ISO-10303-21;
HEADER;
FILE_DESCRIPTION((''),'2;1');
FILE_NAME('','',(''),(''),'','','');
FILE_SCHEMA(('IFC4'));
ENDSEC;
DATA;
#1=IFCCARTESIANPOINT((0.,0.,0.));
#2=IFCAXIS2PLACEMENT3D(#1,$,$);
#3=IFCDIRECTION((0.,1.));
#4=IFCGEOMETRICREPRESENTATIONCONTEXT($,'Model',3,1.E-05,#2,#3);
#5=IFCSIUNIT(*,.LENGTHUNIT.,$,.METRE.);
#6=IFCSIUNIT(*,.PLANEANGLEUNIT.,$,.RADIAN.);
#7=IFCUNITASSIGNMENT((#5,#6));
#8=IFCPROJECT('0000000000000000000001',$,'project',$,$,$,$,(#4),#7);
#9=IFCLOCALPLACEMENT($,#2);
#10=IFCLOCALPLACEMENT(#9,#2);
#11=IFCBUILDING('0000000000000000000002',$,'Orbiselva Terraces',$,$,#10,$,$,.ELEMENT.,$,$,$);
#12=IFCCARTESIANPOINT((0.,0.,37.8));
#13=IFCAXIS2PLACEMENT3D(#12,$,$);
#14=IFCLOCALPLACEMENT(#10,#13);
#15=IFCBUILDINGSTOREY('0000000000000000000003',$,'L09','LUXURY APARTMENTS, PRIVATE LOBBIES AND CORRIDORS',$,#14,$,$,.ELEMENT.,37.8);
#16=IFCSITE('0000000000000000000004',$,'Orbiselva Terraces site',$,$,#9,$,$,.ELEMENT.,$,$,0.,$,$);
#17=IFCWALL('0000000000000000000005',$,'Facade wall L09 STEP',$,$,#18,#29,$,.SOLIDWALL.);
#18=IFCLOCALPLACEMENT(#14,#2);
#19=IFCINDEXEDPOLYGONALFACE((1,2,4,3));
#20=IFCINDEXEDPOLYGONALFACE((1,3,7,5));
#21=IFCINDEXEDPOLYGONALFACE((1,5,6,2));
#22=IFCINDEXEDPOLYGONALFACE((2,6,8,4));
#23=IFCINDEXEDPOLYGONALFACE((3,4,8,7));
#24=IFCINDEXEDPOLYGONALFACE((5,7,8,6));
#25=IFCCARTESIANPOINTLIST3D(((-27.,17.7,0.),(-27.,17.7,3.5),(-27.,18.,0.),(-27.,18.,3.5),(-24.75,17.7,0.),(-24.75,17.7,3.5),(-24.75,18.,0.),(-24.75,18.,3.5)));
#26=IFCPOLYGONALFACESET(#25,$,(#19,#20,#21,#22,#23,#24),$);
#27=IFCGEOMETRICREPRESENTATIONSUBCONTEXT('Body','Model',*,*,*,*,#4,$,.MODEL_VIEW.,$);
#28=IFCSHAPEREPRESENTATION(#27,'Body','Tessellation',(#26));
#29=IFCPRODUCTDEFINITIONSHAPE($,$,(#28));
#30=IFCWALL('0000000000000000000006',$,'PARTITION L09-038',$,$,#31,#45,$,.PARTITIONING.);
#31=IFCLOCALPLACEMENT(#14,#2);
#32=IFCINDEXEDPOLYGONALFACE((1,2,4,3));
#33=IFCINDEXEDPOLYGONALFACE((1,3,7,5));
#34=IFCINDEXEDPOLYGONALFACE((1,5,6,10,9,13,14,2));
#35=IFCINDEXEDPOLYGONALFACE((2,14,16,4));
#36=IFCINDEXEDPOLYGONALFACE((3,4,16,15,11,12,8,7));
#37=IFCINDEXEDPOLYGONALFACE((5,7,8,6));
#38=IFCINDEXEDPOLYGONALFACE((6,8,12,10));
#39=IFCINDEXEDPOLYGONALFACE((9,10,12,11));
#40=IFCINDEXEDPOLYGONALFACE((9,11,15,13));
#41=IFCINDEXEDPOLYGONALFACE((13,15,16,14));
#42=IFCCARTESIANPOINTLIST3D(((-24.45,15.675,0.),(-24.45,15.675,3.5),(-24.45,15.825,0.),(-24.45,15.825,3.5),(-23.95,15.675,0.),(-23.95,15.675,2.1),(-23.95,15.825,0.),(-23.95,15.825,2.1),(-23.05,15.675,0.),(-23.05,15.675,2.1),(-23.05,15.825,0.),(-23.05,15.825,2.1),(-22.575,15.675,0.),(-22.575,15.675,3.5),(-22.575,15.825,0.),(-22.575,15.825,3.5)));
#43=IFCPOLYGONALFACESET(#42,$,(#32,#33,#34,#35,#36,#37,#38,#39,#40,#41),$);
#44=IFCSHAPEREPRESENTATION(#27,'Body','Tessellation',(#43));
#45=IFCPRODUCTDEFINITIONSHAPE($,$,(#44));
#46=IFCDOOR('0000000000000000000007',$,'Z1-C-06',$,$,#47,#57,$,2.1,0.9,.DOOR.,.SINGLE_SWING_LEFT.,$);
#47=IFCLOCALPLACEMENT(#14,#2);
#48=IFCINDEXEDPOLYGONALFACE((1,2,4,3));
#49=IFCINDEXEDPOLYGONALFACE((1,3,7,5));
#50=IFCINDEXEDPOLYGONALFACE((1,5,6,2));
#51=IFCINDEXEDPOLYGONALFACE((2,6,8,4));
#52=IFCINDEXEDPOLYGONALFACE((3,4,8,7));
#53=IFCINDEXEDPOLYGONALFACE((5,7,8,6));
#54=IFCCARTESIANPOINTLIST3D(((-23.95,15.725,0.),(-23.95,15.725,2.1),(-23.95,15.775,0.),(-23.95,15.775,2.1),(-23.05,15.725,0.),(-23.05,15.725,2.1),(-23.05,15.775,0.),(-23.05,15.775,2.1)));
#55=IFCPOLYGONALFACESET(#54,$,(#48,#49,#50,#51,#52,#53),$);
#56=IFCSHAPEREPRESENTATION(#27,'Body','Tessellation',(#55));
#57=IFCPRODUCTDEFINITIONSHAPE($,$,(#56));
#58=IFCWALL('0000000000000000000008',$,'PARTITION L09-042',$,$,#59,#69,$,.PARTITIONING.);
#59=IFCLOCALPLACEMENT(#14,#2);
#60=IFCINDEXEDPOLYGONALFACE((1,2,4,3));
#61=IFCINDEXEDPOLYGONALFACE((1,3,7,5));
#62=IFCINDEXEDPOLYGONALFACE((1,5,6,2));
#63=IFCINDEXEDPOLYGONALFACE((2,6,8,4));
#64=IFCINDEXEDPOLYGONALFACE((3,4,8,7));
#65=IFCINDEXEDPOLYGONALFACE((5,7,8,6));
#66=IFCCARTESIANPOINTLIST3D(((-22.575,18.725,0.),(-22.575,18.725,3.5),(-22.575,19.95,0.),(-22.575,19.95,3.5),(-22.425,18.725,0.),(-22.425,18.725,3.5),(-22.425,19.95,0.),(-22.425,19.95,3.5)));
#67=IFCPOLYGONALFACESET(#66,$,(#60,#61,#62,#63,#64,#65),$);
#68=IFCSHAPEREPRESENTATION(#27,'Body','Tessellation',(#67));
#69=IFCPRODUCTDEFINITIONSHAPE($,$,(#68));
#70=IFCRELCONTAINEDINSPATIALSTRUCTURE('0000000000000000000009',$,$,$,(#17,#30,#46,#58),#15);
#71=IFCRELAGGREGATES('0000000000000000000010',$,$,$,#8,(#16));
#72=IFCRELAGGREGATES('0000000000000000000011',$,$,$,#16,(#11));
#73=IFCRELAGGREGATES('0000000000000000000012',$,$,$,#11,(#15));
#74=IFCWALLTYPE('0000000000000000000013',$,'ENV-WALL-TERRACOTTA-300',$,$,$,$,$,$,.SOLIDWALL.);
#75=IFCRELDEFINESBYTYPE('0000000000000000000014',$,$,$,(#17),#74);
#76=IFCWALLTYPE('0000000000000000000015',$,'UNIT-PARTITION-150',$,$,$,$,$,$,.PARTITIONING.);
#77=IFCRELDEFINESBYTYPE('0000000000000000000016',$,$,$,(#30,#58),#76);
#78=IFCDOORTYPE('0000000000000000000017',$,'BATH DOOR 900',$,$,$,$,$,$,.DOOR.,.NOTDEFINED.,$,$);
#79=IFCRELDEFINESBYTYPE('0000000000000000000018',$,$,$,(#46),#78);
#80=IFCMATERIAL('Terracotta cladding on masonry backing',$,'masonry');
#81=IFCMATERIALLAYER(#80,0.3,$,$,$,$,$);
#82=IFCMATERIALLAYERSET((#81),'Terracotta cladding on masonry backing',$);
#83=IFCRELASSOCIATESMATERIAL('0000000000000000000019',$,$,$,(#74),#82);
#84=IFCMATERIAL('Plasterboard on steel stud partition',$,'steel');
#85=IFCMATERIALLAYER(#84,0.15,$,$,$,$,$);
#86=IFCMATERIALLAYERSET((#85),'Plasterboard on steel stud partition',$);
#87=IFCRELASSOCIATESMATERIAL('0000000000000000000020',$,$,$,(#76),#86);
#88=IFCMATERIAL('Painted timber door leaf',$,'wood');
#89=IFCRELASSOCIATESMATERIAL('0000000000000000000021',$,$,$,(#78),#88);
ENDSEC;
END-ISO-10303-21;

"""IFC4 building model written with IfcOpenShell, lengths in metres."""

from ifc_helpers import new_model, si_unit, direction, frame, frame_2d, origin, place, context, subcontext, project, spatial, rectangle, extrude, material, layer, layer_set, type_object, element, fill, save


model = new_model("IFC4")

# Units and contexts
model_context = context("Model", 3, precision=1e-05, world=origin(), true_north=direction((0.0, 1.0)))
body_context = subcontext(model_context, "Body", "Model", "MODEL_VIEW")
ifc_project = project(units=[si_unit("LENGTHUNIT", "METRE"), si_unit("PLANEANGLEUNIT", "RADIAN")], contexts=[model_context])

# Site, building, storey
site_placement = place(None, origin())
site = spatial("IfcSite", under=ifc_project, at=site_placement, Name="Orbiselva Terraces site", CompositionType="ELEMENT", RefElevation=0.0)
building_placement = place(site_placement, origin())
building = spatial("IfcBuilding", under=site, at=building_placement, Name="Orbiselva Terraces", CompositionType="ELEMENT")
storey_placement = place(building_placement, frame((0.0, 0.0, 37.8)))
storey = spatial("IfcBuildingStorey", under=building, at=storey_placement, Name="L09", Description="LUXURY APARTMENTS, PRIVATE LOBBIES AND CORRIDORS", CompositionType="ELEMENT", Elevation=37.8)

# Shared definitions
ifc_material_1 = material(Name="Terracotta cladding on masonry backing", Category="masonry")
ifc_layer_1 = layer(ifc_material_1, 0.3)
ifc_layer_set_1 = layer_set([ifc_layer_1], Name="Terracotta cladding on masonry backing")
wall_type_1 = type_object("IfcWallType", Name="ENV-WALL-TERRACOTTA-300", PredefinedType="SOLIDWALL", material=ifc_layer_set_1)

# Wall
wall_1_placement = place(storey_placement, frame((-27.0, 17.85, 0.0), z_axis=(0.0, 0.0, 1.0), x_axis=(1.0, 0.0, 0.0)))
element("IfcWall", 1, at=wall_1_placement, inside=storey, type_object=wall_type_1, Name="Facade wall L09 STEP", PredefinedType="SOLIDWALL", context=body_context, shape_type="SweptSolid", body=[
    extrude(rectangle(XDim=2.25, YDim=0.3, at=frame_2d((1.125, 0.0))), origin(), (0.0, 0.0, 1.0), 3.5),
])

# Wall, opening, door
ifc_material_2 = material(Name="Plasterboard on steel stud partition", Category="steel")
ifc_layer_2 = layer(ifc_material_2, 0.15)
ifc_layer_set_2 = layer_set([ifc_layer_2], Name="Plasterboard on steel stud partition")
wall_type_2 = type_object("IfcWallType", Name="UNIT-PARTITION-150", PredefinedType="PARTITIONING", material=ifc_layer_set_2)
wall_2_placement = place(storey_placement, frame((-22.575, 15.75, 0.0), z_axis=(0.0, 0.0, 1.0), x_axis=(-1.0, 0.0, 0.0)))
wall_2 = element("IfcWall", 2, at=wall_2_placement, inside=storey, type_object=wall_type_2, Name="PARTITION L09-038", PredefinedType="PARTITIONING", context=body_context, shape_type="SweptSolid", body=[
    extrude(rectangle(XDim=1.875, YDim=0.15, at=frame_2d((0.9375, 0.0))), origin(), (0.0, 0.0, 1.0), 3.5),
])
opening_1_placement = place(wall_2_placement, frame((0.475, 0.0, 0.0)))
opening_1 = element("IfcOpeningElement", 3, at=opening_1_placement, cuts=wall_2, PredefinedType="OPENING", context=body_context, shape_type="SweptSolid", body=[
    extrude(rectangle(XDim=0.9, YDim=2.1, at=frame_2d((0.45, 1.05))), frame((0.0, 0.085, 0.0), z_axis=(0.0, -1.0, 0.0), x_axis=(1.0, 0.0, 0.0)), (0.0, 0.0, 1.0), 0.17),
])
ifc_material_3 = material(Name="Painted timber door leaf", Category="wood")
door_type_1 = type_object("IfcDoorType", Name="BATH DOOR 900", OperationType="NOTDEFINED", PredefinedType="DOOR", material=ifc_material_3)
door_1_placement = place(opening_1_placement, origin())
door_1 = element("IfcDoor", 4, at=door_1_placement, inside=storey, type_object=door_type_1, Name="Z1-C-06", OperationType="SINGLE_SWING_LEFT", OverallHeight=2.1, OverallWidth=0.9, PredefinedType="DOOR", context=body_context, shape_type="SweptSolid", body=[
    extrude(rectangle(XDim=0.9, YDim=2.1, at=frame_2d((0.45, 1.05))), frame((0.0, 0.025, 0.0), z_axis=(0.0, -1.0, 0.0), x_axis=(1.0, 0.0, 0.0)), (0.0, 0.0, 1.0), 0.05),
])
fill(opening_1, door_1)

# Wall
wall_3_placement = place(storey_placement, frame((-22.5, 18.725, 0.0), z_axis=(0.0, 0.0, 1.0), x_axis=(0.0, 1.0, 0.0)))
element("IfcWall", 5, at=wall_3_placement, inside=storey, type_object=wall_type_2, Name="PARTITION L09-042", PredefinedType="PARTITIONING", context=body_context, shape_type="SweptSolid", body=[
    extrude(rectangle(XDim=1.225, YDim=0.15, at=frame_2d((0.6125, 0.0))), origin(), (0.0, 0.0, 1.0), 3.5),
])

save(model, "model.ifc")
